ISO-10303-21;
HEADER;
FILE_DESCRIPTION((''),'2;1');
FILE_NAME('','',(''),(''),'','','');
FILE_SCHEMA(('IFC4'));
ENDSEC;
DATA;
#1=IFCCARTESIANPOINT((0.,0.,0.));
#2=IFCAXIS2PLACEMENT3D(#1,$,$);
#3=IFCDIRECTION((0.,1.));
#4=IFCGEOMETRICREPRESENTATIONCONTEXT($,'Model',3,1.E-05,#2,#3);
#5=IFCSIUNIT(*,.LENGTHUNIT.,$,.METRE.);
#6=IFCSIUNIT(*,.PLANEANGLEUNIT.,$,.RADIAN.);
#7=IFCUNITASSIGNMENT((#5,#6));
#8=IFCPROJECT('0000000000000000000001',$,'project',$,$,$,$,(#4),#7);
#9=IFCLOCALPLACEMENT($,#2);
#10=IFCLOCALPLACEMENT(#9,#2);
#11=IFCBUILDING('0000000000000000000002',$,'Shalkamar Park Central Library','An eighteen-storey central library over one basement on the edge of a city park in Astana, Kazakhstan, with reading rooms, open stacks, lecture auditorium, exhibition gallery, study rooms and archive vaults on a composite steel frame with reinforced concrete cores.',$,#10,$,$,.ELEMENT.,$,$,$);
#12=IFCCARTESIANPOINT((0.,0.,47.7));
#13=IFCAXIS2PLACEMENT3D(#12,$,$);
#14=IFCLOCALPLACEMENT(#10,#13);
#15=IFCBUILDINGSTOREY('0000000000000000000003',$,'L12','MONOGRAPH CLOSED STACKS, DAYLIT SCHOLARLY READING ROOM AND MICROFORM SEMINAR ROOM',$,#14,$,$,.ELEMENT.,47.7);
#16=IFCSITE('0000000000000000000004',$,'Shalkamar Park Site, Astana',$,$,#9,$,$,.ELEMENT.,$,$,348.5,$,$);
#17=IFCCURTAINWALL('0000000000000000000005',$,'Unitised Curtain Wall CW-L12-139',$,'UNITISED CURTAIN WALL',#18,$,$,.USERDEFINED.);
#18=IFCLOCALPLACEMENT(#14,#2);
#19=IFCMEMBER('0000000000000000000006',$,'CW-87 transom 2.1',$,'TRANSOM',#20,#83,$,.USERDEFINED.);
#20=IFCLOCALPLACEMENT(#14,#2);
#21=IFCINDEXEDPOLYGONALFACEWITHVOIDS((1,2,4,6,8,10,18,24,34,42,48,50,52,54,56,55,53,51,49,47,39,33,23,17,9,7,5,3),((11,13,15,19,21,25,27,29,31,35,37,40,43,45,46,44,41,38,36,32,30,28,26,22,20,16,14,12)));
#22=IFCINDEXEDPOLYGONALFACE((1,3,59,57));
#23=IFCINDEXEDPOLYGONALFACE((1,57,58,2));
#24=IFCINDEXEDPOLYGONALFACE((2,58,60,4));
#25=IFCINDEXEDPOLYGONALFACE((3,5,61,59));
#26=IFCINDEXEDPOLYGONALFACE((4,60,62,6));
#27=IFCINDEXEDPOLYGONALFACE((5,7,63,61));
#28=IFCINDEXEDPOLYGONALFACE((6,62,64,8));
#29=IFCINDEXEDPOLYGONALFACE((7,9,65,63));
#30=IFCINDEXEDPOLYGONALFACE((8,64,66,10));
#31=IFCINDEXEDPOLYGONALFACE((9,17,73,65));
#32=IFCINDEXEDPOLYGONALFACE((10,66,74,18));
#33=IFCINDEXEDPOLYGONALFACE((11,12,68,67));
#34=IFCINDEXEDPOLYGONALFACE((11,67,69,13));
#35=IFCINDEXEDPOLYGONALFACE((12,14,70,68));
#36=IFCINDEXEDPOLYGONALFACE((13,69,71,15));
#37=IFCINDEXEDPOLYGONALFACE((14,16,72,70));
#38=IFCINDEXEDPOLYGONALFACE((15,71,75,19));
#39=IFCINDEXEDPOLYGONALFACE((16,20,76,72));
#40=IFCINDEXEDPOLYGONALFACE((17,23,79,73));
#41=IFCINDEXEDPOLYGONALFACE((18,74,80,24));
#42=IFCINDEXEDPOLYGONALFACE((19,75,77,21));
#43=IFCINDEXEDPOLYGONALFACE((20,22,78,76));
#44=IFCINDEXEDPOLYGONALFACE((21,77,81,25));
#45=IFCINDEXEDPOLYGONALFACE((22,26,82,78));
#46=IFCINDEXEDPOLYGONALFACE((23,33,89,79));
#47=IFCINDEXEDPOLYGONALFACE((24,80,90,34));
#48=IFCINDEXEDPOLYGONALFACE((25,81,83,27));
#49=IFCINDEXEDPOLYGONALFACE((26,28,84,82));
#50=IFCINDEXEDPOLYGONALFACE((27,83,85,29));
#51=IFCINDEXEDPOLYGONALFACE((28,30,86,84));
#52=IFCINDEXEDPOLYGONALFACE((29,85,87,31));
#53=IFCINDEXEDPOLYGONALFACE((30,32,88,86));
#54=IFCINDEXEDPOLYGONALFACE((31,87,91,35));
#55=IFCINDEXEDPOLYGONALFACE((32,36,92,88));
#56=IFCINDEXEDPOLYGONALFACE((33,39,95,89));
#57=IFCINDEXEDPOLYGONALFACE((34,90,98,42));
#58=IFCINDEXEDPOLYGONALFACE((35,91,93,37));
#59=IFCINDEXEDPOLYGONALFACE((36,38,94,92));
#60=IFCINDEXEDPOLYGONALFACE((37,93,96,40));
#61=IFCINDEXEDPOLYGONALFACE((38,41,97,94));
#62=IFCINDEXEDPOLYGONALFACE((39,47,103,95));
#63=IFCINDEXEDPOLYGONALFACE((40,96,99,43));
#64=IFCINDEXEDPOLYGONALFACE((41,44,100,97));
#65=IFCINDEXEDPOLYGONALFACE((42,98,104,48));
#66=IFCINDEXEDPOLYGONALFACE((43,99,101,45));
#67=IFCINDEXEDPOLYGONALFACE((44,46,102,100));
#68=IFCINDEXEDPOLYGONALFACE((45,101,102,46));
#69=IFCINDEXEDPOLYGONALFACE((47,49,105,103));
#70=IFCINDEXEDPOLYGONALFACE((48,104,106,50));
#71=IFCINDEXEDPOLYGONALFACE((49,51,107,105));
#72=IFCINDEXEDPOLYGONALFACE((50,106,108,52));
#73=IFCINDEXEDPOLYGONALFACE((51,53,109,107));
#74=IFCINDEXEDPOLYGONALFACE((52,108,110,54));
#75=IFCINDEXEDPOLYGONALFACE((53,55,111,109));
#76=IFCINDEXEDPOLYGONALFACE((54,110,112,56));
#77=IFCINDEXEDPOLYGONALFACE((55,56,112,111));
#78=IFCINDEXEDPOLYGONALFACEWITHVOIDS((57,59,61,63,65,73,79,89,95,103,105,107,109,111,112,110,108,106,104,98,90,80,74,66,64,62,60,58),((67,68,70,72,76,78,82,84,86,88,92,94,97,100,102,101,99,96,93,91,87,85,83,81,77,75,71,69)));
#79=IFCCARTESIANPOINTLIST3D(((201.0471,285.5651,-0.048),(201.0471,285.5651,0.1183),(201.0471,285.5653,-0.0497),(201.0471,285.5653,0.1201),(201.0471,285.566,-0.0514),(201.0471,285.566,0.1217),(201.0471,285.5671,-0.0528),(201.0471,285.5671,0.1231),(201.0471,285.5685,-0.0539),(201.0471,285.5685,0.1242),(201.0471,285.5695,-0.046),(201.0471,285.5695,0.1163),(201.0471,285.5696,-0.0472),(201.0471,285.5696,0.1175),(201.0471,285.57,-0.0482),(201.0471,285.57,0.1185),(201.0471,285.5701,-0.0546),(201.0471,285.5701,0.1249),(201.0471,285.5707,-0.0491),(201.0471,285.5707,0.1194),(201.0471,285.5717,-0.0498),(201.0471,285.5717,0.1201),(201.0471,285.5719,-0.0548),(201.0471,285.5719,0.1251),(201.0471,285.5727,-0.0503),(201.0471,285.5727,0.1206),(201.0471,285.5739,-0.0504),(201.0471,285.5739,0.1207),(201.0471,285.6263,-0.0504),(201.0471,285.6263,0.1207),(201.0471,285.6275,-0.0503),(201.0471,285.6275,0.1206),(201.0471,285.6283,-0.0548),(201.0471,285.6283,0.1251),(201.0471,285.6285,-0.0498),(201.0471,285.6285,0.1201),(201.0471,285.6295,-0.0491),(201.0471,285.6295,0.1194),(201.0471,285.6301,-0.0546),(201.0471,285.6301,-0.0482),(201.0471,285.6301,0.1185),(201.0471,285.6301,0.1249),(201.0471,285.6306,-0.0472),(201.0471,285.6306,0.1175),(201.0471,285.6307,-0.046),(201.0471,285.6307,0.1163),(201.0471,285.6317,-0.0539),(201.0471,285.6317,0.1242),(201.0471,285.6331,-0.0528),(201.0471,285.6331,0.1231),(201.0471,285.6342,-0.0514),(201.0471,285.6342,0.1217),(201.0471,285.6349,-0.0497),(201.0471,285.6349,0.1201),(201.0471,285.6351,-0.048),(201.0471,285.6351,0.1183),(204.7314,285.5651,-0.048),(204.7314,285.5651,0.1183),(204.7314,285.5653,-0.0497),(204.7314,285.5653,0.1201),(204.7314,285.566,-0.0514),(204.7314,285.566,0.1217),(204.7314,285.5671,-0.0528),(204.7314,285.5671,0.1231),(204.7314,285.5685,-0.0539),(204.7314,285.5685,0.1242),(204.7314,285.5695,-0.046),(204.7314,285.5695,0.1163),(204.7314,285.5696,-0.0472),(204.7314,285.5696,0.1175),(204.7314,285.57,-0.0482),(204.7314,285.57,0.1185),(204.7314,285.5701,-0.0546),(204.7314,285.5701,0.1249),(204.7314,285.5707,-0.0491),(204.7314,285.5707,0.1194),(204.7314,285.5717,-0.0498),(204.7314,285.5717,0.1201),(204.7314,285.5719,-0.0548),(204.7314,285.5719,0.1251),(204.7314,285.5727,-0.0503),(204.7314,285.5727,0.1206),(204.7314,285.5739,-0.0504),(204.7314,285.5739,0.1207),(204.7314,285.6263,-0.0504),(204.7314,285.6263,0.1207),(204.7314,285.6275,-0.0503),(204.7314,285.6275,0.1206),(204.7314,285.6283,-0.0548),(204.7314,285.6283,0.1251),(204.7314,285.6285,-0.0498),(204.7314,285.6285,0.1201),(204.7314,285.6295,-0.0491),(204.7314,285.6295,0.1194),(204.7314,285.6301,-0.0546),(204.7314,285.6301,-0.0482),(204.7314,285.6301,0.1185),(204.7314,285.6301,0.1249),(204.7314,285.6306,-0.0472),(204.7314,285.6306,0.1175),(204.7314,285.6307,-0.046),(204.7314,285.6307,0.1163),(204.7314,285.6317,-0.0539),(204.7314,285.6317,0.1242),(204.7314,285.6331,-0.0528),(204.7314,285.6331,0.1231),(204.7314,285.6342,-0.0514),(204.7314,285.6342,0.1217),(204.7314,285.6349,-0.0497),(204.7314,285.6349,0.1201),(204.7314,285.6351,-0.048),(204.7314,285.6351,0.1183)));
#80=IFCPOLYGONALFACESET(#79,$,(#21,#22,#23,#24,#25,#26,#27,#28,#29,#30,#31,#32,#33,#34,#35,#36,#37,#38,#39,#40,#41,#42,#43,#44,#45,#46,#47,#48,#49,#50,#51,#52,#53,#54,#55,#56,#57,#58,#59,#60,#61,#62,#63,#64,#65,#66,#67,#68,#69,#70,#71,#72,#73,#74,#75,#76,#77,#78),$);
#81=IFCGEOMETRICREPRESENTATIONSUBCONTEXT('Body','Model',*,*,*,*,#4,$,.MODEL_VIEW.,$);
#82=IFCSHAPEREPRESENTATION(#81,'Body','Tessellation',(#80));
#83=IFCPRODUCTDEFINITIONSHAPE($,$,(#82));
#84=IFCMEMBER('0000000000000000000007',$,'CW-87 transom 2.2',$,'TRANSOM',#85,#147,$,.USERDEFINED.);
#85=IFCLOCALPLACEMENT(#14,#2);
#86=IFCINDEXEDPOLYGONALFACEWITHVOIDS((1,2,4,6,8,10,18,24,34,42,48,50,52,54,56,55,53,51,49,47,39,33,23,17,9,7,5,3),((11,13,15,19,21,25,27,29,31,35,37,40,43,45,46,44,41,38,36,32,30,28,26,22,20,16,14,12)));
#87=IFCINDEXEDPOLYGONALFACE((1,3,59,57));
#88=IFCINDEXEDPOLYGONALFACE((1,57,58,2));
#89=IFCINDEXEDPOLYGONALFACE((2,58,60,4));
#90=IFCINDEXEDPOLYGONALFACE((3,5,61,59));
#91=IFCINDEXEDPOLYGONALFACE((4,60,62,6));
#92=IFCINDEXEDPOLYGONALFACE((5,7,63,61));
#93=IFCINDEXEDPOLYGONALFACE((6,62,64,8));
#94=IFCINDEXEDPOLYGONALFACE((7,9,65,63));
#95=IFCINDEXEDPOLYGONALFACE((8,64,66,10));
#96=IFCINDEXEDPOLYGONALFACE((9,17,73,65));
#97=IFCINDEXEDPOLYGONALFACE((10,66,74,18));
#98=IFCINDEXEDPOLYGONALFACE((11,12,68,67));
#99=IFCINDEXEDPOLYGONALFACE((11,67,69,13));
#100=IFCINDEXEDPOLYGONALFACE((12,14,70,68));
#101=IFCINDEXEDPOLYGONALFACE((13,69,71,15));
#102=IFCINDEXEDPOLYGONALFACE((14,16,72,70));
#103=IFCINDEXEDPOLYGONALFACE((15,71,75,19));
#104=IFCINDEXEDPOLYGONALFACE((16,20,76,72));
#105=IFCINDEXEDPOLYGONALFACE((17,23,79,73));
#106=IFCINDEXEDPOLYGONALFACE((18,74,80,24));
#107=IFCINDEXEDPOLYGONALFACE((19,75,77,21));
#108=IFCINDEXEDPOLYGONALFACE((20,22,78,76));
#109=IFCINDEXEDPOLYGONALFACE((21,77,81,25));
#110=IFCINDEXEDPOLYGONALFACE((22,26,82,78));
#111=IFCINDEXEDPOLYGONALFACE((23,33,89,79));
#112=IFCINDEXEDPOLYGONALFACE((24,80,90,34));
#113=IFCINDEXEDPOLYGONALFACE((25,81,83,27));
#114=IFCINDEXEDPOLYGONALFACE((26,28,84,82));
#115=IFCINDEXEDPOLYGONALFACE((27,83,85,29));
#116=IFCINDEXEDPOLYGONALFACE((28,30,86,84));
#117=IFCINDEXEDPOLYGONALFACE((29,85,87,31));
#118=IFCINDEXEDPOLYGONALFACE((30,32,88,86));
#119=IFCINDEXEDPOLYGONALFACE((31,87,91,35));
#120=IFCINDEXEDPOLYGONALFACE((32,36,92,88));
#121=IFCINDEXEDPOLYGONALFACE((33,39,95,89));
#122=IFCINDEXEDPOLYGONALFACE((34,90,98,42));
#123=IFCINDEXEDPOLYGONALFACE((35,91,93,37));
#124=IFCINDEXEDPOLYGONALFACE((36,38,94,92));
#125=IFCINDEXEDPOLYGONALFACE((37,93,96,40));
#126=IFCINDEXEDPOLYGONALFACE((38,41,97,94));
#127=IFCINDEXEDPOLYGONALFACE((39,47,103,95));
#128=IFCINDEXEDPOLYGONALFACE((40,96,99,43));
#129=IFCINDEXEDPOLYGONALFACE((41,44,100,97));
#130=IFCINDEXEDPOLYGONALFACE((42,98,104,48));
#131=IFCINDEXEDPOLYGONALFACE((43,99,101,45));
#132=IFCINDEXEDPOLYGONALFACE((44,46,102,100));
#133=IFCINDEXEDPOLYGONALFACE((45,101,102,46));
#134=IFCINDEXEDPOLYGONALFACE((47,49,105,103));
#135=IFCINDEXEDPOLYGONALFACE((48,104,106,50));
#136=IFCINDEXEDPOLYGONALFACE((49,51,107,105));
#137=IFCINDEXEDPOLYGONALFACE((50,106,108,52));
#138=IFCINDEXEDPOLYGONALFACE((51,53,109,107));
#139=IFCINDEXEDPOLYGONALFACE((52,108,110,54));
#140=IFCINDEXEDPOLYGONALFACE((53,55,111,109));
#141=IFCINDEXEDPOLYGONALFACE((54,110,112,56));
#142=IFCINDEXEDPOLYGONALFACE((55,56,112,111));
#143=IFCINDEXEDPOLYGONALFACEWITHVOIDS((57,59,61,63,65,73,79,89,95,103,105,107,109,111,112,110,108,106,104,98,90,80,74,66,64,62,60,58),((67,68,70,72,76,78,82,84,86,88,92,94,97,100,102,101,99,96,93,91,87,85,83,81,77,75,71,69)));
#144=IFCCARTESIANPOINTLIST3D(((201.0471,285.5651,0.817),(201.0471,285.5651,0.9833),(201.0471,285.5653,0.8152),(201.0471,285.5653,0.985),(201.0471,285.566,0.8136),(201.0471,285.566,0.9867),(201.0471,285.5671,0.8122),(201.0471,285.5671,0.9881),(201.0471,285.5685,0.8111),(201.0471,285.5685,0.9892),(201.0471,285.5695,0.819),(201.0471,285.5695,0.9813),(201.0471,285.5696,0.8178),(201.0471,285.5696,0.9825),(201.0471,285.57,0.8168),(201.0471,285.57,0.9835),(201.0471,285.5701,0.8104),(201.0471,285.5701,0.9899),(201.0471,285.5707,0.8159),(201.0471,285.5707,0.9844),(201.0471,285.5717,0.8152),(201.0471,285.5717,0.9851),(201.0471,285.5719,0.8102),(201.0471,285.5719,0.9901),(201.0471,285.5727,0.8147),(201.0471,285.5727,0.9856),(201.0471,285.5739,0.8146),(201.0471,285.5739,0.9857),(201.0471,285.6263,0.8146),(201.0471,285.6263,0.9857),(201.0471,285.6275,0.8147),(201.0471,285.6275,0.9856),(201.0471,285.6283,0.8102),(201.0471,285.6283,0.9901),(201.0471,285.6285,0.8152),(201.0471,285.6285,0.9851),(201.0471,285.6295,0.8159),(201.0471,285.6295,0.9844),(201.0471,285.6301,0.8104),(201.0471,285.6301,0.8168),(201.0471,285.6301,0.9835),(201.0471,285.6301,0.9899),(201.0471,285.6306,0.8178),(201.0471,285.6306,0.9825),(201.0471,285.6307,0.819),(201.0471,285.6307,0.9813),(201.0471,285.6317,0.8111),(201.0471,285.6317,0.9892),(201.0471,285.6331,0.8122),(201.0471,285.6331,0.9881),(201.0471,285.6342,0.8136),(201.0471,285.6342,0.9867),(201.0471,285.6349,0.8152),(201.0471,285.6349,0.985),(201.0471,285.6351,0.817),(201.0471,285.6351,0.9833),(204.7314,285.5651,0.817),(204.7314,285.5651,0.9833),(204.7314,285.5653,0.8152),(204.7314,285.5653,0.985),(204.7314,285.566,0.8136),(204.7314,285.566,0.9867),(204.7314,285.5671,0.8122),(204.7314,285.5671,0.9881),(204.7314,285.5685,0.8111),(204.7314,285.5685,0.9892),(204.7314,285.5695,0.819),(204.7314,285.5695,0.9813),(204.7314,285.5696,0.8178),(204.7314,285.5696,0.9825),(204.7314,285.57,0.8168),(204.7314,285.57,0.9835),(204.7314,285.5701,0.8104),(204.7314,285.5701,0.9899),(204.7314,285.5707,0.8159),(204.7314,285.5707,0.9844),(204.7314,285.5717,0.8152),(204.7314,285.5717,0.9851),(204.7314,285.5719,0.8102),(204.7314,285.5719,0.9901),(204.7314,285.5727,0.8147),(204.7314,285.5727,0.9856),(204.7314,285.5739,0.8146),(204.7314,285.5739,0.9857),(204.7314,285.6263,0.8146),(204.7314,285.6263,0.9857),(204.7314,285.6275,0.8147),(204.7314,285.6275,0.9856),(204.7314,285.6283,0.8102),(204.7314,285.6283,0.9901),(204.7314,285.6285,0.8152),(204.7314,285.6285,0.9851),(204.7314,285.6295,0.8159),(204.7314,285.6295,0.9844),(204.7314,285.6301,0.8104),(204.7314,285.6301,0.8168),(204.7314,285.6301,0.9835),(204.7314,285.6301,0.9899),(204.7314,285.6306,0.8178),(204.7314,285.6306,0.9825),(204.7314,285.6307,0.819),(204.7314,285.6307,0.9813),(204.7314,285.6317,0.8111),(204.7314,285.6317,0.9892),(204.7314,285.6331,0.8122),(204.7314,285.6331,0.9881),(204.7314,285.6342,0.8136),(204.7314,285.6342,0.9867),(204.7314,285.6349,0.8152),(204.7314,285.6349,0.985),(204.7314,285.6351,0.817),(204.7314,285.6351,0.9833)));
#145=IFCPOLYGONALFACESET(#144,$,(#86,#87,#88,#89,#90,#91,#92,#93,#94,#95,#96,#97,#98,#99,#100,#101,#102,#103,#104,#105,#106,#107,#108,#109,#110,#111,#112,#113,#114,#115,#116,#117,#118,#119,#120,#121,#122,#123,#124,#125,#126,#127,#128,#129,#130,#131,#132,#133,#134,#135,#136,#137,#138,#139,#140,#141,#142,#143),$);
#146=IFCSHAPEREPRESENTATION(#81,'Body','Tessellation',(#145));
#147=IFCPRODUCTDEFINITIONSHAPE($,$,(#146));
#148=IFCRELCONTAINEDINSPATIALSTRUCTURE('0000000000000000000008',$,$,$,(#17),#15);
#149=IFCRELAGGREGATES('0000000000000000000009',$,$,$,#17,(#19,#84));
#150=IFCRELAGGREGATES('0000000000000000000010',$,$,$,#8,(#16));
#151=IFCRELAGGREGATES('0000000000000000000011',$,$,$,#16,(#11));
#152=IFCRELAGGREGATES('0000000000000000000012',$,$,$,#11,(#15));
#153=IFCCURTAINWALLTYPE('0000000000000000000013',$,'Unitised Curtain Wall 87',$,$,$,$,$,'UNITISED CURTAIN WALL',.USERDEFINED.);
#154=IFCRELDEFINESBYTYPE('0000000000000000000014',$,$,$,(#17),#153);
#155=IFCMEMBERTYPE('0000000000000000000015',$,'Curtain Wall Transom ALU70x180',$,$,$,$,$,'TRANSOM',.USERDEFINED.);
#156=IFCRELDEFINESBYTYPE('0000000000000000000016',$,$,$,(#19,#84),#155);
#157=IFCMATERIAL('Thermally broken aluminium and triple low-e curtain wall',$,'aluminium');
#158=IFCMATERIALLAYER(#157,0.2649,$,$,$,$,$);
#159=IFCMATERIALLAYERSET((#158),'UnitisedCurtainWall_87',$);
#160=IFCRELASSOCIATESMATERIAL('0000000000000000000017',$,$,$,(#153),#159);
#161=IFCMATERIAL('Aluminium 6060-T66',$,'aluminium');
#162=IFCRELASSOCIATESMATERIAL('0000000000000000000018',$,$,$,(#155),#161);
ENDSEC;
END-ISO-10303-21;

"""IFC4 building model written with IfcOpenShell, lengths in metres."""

from ifc_helpers import new_model, si_unit, direction, frame, origin, origin_2d, place, context, subcontext, project, spatial, hollow_rectangle, extrude, material, layer, layer_set, material_profile, profile_set, type_object, element, aggregate, save


model = new_model("IFC4")

# Units and contexts
model_context = context("Model", 3, precision=1e-05, world=origin(), true_north=direction((0.0, 1.0)))
body_context = subcontext(model_context, "Body", "Model", "MODEL_VIEW")
ifc_project = project(units=[si_unit("LENGTHUNIT", "METRE"), si_unit("PLANEANGLEUNIT", "RADIAN")], contexts=[model_context])

# Site, building, storey
site_placement = place(None, origin())
site = spatial("IfcSite", under=ifc_project, at=site_placement, Name="Shalkamar Park Site, Astana", CompositionType="ELEMENT", RefElevation=348.5)
building_placement = place(site_placement, origin())
building = spatial("IfcBuilding", under=site, at=building_placement, Name="Shalkamar Park Central Library", Description="An eighteen-storey central library over one basement on the edge of a city park in Astana, Kazakhstan, with reading rooms, open stacks, lecture auditorium, exhibition gallery, study rooms and archive vaults on a composite steel frame with reinforced concrete cores.", CompositionType="ELEMENT")
storey_placement = place(building_placement, frame((0.0, 0.0, 47.7)))
storey = spatial("IfcBuildingStorey", under=building, at=storey_placement, Name="L12", Description="MONOGRAPH CLOSED STACKS, DAYLIT SCHOLARLY READING ROOM AND MICROFORM SEMINAR ROOM", CompositionType="ELEMENT", Elevation=47.7)

# Curtain wall
ifc_material_1 = material(Name="Thermally broken aluminium and triple low-e curtain wall", Category="aluminium")
ifc_layer_1 = layer(ifc_material_1, 0.2649)
ifc_layer_set_1 = layer_set([ifc_layer_1], Name="UnitisedCurtainWall_87")
curtain_wall_type_1 = type_object("IfcCurtainWallType", Name="Unitised Curtain Wall 87", ElementType="UNITISED CURTAIN WALL", PredefinedType="USERDEFINED", material=ifc_layer_set_1)
curtain_wall_1_placement = place(storey_placement, origin())
curtain_wall_1 = element("IfcCurtainWall", 1, at=curtain_wall_1_placement, inside=storey, type_object=curtain_wall_type_1, Name="Unitised Curtain Wall CW-L12-139", ObjectType="UNITISED CURTAIN WALL", PredefinedType="USERDEFINED")
ifc_material_2 = material(Name="Aluminium 6060-T66", Category="aluminium")

# Members
ifc_material_profile_1 = material_profile(ifc_material_2, hollow_rectangle(XDim=0.0701, YDim=0.1799, WallThickness=0.0044, InnerFilletRadius=0.0044, OuterFilletRadius=0.0068, at=origin_2d()), Name="ALU 70x180x4.5")
ifc_profile_set_1 = profile_set([ifc_material_profile_1], Name="Aluminium 6060-T66")
member_type_1 = type_object("IfcMemberType", Name="Curtain Wall Transom ALU70x180", ElementType="TRANSOM", PredefinedType="USERDEFINED", material=ifc_profile_set_1)
member_1_placement = place(storey_placement, frame((201.0471, 285.6001, 0.0352), z_axis=(1.0, 0.0, 0.0), x_axis=(0.0, 1.0, 0.0)))
member_1 = element("IfcMember", 2, at=member_1_placement, type_object=member_type_1, Name="CW-87 transom 2.1", ObjectType="TRANSOM", PredefinedType="USERDEFINED", context=body_context, shape_type="SweptSolid", body=[
    extrude(hollow_rectangle(XDim=0.0701, YDim=0.1799, WallThickness=0.0044, InnerFilletRadius=0.0044, OuterFilletRadius=0.0068, at=origin_2d()), origin(), (0.0, 0.0, 1.0), 3.6843),
])
member_2_placement = place(storey_placement, frame((201.0471, 285.6001, 0.9001), z_axis=(1.0, 0.0, 0.0), x_axis=(0.0, 1.0, 0.0)))
member_2 = element("IfcMember", 3, at=member_2_placement, type_object=member_type_1, Name="CW-87 transom 2.2", ObjectType="TRANSOM", PredefinedType="USERDEFINED", context=body_context, shape_type="SweptSolid", body=[
    extrude(hollow_rectangle(XDim=0.0701, YDim=0.1799, WallThickness=0.0044, InnerFilletRadius=0.0044, OuterFilletRadius=0.0068, at=origin_2d()), origin(), (0.0, 0.0, 1.0), 3.6843),
])

aggregate(curtain_wall_1, [member_1, member_2])

save(model, "model.ifc")
